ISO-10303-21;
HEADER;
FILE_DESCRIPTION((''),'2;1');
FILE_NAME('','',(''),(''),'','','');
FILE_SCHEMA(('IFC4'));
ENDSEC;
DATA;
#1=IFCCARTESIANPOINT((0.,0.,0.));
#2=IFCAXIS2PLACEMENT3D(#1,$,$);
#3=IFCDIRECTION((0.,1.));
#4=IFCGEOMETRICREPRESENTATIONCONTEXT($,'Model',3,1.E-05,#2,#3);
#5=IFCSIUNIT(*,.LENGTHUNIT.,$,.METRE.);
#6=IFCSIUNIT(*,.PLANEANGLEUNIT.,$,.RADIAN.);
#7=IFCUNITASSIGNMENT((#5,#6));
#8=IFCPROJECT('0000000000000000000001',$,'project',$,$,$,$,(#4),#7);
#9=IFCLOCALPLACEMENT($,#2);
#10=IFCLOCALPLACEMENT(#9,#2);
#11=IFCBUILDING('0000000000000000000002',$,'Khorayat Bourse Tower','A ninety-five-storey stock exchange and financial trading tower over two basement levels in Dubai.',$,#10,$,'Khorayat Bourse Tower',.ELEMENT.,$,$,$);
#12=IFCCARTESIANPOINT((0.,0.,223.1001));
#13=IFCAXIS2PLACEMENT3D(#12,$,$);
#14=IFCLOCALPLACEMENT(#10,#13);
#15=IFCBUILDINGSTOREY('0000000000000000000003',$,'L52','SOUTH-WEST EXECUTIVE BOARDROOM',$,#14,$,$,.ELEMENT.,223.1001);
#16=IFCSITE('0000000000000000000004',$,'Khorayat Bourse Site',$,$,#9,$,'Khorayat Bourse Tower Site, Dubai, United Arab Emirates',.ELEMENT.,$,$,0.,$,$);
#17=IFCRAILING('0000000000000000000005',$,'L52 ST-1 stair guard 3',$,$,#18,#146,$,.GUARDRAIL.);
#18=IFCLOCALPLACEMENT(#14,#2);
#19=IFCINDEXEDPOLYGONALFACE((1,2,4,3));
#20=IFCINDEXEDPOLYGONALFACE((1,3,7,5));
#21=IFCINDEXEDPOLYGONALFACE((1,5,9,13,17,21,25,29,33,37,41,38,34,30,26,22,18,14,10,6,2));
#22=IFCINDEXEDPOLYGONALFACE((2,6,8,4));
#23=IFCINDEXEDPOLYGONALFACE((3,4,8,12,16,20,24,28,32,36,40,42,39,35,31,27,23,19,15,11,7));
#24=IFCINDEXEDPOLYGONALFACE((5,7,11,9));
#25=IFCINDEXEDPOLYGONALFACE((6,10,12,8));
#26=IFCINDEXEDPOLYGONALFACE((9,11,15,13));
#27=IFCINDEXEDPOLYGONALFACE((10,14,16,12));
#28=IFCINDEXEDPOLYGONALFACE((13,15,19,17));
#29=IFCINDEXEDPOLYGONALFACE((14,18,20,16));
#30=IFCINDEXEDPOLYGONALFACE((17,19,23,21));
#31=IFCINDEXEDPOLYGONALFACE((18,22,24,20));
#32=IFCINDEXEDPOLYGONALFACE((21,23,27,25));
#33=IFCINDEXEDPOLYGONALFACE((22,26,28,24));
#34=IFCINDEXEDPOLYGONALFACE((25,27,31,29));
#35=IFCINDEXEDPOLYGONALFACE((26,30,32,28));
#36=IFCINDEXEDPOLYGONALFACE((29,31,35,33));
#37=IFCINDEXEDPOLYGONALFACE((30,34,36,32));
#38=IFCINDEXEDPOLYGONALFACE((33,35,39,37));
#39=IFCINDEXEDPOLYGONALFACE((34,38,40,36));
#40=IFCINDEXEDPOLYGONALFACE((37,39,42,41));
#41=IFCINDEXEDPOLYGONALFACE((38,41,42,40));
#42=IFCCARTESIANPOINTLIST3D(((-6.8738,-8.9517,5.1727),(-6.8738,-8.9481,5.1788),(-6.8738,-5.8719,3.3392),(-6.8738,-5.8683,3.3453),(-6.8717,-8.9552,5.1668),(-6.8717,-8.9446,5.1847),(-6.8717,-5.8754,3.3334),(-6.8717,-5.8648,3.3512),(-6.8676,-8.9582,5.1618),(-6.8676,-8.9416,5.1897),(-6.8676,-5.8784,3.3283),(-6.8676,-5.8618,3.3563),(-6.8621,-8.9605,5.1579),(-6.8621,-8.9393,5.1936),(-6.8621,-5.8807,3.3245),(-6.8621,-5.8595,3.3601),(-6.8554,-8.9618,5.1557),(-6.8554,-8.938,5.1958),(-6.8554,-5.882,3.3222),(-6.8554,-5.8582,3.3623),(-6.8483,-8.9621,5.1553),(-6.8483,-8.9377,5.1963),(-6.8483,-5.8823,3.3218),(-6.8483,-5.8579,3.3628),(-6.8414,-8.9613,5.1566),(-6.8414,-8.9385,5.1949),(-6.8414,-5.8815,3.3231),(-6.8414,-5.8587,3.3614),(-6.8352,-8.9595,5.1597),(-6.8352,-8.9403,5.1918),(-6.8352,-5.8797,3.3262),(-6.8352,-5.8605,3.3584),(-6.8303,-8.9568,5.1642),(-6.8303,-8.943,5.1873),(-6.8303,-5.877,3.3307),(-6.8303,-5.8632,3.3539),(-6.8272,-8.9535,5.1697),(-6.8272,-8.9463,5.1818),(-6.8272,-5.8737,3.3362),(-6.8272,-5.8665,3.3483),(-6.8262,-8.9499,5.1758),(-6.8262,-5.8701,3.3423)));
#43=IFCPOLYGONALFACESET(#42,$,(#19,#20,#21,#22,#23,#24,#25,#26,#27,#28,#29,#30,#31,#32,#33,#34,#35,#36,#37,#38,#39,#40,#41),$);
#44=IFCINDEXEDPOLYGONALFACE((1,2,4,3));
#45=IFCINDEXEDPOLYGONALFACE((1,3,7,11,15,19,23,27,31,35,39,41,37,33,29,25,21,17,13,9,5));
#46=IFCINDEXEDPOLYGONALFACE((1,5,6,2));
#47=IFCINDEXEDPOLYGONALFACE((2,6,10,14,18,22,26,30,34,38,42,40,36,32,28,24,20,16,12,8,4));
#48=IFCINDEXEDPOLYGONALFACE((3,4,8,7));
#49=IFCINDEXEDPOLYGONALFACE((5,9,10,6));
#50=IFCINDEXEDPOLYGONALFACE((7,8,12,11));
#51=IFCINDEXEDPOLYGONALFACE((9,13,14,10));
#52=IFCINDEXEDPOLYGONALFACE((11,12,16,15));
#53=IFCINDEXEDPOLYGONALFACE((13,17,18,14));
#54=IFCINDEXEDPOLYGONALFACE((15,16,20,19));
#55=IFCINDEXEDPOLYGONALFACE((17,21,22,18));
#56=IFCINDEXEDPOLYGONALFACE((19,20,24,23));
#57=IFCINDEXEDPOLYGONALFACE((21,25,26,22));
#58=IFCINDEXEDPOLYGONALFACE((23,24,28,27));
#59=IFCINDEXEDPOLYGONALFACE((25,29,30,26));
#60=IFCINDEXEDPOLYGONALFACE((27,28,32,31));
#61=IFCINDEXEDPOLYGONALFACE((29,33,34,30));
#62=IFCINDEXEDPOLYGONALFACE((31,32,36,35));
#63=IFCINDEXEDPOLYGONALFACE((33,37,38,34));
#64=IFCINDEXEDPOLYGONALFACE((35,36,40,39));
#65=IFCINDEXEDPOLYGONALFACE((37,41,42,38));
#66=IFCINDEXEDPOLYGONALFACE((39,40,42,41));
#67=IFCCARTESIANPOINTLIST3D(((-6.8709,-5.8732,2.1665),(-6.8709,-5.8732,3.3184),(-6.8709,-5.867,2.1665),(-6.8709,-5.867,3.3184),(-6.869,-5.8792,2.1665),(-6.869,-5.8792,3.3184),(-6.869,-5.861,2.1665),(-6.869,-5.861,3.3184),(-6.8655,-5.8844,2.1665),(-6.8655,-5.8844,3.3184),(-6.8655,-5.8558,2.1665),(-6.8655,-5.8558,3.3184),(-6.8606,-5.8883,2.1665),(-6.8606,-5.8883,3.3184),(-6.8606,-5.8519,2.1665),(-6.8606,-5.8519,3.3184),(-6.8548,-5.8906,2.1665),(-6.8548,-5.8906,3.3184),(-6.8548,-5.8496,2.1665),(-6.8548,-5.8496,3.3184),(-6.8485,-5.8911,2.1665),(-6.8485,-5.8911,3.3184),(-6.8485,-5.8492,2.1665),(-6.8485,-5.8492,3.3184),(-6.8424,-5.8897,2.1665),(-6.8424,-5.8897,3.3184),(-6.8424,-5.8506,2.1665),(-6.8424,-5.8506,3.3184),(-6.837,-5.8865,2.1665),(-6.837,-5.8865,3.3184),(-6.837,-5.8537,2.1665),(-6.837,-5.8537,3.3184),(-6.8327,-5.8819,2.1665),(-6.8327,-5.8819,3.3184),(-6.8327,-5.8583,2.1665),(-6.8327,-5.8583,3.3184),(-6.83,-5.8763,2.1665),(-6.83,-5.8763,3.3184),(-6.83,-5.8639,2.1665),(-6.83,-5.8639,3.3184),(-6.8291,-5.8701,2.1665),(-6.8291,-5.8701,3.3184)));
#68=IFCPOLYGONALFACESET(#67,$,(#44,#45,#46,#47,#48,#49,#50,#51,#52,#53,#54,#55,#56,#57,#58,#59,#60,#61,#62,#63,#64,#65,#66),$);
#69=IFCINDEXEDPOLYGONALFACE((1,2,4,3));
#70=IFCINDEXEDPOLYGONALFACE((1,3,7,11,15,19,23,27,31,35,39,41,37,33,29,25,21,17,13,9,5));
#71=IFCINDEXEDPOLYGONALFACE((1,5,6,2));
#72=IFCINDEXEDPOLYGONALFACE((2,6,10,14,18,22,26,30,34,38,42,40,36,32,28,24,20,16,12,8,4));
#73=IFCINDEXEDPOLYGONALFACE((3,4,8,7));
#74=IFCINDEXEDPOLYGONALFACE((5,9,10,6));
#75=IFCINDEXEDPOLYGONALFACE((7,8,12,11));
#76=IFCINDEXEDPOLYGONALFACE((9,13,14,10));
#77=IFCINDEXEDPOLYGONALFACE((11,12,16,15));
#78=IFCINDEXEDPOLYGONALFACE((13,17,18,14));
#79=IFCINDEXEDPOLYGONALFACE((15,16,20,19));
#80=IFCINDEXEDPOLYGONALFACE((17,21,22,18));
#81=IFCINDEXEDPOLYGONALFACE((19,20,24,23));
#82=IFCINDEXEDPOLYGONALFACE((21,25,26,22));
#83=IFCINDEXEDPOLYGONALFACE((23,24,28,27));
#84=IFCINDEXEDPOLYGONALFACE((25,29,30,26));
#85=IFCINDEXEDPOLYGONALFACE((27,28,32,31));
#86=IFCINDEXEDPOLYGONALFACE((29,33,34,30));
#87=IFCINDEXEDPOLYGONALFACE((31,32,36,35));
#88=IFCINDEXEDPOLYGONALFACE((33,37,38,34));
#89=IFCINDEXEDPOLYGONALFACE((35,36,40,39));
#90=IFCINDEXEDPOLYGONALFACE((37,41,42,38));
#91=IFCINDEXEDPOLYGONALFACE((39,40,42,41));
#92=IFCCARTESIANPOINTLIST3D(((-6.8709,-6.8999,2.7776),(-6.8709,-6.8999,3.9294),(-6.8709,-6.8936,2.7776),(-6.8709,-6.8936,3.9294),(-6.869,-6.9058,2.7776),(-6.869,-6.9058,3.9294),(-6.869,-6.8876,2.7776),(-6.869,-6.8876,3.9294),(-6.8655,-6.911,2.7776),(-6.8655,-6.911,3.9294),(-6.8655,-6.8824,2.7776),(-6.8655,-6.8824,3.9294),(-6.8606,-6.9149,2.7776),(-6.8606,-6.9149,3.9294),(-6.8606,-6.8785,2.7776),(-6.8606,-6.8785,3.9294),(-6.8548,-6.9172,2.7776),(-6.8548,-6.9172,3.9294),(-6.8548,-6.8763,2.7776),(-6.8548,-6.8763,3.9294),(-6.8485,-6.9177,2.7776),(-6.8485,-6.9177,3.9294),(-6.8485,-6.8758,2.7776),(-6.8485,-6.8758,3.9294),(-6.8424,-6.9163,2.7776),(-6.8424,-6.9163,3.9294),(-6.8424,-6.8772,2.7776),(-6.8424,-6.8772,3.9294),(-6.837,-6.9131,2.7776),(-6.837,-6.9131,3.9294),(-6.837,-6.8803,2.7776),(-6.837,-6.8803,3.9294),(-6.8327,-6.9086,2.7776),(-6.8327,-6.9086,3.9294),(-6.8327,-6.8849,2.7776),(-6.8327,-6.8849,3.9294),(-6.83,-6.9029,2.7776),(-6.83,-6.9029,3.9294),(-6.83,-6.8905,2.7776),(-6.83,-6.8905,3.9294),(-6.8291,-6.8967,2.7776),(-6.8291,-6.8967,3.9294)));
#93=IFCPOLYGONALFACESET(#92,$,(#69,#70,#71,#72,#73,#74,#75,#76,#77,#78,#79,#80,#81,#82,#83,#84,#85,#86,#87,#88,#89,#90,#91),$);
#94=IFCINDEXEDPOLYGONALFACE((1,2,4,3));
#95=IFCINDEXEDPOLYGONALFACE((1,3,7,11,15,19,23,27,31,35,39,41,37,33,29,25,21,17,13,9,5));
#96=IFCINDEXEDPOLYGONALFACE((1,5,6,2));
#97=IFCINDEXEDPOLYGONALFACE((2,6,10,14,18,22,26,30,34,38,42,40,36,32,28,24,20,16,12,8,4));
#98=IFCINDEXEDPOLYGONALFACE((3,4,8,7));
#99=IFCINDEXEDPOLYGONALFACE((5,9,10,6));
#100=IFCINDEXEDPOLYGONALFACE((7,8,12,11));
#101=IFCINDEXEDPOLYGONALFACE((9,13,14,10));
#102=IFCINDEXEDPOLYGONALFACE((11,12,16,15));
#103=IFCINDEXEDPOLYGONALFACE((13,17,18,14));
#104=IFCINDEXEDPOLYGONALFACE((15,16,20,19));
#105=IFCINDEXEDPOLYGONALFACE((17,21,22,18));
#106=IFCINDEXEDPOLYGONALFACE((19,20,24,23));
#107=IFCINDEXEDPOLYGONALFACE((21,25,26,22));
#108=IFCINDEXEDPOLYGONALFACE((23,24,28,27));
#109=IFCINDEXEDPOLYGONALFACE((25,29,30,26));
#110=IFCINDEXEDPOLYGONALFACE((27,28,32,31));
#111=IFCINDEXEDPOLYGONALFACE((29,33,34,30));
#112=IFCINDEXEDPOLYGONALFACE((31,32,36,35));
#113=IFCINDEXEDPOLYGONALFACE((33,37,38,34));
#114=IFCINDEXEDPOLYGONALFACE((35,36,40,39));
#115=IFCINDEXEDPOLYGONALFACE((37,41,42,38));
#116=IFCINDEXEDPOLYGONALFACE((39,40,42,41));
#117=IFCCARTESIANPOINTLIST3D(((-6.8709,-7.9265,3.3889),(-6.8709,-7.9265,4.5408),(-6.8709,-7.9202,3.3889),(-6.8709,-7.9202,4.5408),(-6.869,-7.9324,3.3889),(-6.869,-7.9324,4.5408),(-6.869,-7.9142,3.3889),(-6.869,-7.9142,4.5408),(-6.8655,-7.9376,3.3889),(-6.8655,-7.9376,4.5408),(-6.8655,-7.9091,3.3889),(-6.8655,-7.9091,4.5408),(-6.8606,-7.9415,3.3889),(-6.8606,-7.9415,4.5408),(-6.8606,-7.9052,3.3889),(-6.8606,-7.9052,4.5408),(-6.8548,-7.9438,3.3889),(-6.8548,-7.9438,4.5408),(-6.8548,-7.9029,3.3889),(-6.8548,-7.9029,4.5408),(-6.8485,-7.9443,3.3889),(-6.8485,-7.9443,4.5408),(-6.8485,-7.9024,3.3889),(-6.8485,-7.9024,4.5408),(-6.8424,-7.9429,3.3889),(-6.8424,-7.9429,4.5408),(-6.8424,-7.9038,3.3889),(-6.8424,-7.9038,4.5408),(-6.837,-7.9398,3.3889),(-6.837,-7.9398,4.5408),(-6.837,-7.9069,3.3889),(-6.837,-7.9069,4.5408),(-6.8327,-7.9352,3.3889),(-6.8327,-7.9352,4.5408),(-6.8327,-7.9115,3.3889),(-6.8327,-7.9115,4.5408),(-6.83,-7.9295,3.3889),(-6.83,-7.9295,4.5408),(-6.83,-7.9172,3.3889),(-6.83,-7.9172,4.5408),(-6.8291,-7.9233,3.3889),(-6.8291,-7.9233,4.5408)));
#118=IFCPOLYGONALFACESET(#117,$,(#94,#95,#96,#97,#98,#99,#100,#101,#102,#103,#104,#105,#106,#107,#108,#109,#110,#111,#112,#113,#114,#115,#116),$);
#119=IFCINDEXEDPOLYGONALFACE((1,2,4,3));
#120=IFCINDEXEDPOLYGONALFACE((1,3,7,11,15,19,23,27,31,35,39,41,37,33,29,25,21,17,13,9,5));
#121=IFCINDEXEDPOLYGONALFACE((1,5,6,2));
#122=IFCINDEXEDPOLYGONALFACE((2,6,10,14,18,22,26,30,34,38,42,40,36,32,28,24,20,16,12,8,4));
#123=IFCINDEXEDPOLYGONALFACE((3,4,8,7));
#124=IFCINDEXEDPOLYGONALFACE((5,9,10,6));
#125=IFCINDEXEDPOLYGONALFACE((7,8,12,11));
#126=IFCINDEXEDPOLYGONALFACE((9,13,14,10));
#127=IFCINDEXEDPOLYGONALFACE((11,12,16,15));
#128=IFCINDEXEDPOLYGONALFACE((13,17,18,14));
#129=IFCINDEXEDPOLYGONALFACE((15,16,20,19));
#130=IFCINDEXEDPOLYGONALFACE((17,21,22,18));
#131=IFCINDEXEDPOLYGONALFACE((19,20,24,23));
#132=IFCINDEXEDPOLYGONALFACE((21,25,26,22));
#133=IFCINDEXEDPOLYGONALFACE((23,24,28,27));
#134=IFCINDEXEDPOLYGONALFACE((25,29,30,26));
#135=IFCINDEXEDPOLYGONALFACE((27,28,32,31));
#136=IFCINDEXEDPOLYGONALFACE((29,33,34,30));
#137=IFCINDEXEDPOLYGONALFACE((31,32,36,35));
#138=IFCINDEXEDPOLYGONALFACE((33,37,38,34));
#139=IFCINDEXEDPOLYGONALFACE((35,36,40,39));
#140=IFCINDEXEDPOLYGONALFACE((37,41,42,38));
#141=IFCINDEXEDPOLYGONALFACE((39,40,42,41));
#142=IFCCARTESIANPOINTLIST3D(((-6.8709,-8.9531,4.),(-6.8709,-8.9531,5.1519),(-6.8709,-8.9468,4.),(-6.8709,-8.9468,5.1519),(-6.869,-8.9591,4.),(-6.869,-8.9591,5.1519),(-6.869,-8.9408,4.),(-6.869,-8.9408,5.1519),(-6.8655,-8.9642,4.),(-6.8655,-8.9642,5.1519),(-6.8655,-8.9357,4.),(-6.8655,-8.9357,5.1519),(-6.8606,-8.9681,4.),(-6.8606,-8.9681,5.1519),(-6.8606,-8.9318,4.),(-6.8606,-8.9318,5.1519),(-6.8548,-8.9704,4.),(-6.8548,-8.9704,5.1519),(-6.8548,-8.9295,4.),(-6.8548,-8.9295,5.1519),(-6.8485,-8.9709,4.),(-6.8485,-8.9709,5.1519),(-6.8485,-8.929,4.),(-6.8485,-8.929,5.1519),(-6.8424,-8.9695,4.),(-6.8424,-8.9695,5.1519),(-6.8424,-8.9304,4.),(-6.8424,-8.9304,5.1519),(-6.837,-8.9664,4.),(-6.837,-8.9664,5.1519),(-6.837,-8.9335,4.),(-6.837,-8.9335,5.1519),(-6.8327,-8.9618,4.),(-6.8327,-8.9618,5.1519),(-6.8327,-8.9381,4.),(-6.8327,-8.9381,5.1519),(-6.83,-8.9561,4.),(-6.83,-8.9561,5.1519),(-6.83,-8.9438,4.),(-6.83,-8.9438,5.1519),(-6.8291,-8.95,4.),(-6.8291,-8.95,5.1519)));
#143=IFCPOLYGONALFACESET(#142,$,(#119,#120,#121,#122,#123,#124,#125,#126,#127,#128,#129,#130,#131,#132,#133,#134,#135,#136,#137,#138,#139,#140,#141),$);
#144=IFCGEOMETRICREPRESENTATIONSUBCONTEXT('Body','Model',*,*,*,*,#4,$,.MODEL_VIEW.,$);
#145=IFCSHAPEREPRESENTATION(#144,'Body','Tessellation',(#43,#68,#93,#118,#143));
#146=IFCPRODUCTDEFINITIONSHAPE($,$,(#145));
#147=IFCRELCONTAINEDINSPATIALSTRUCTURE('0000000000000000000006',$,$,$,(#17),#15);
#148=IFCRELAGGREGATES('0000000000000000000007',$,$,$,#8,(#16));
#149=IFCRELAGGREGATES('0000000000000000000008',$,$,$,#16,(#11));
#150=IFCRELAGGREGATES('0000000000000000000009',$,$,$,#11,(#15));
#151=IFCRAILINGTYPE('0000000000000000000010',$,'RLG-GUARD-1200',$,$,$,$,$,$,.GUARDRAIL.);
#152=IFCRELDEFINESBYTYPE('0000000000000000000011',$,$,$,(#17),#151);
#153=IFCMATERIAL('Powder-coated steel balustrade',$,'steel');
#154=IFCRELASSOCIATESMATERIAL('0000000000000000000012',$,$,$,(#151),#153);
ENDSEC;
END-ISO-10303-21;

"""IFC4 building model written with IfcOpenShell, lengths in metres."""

from ifc_helpers import new_model, si_unit, direction, frame, origin, origin_2d, place, context, subcontext, project, spatial, circle, extrude, source, transform, mapped, material, type_object, element, save


model = new_model("IFC4")

# Units and contexts
model_context = context("Model", 3, precision=1e-05, world=origin(), true_north=direction((0.0, 1.0)))
body_context = subcontext(model_context, "Body", "Model", "MODEL_VIEW")
ifc_project = project(units=[si_unit("LENGTHUNIT", "METRE"), si_unit("PLANEANGLEUNIT", "RADIAN")], contexts=[model_context])

# Site, building, storey
site_placement = place(None, origin())
site = spatial("IfcSite", under=ifc_project, at=site_placement, Name="Khorayat Bourse Site", LongName="Khorayat Bourse Tower Site, Dubai, United Arab Emirates", CompositionType="ELEMENT", RefElevation=0.0)
building_placement = place(site_placement, origin())
building = spatial("IfcBuilding", under=site, at=building_placement, Name="Khorayat Bourse Tower", Description="A ninety-five-storey stock exchange and financial trading tower over two basement levels in Dubai.", LongName="Khorayat Bourse Tower", CompositionType="ELEMENT")
storey_placement = place(building_placement, frame((0.0, 0.0, 223.1001)))
storey = spatial("IfcBuildingStorey", under=building, at=storey_placement, Name="L52", Description="SOUTH-WEST EXECUTIVE BOARDROOM", CompositionType="ELEMENT", Elevation=223.1001)

# Railing
ifc_material_1 = material(Name="Powder-coated steel balustrade", Category="steel")
railing_type_1 = type_object("IfcRailingType", Name="RLG-GUARD-1200", PredefinedType="GUARDRAIL", material=ifc_material_1)
shared_shape_1 = source(origin(), body_context, "Body", "SweptSolid", [
    extrude(circle(Radius=0.0239, at=origin_2d()), frame((0.0, 0.0, 1.1758), z_axis=(0.0, -0.859261, 0.511538), x_axis=(1.0, 0.0, 0.0)), (0.0, 0.0, 1.0), 3.5842),
    extrude(circle(Radius=0.021, at=origin_2d()), origin(), (0.0, 0.0, 1.0), 1.1519),
    extrude(circle(Radius=0.021, at=origin_2d()), frame((0.0, -1.0266, 0.6111)), (0.0, 0.0, 1.0), 1.1519),
    extrude(circle(Radius=0.021, at=origin_2d()), frame((0.0, -2.0532, 1.2224)), (0.0, 0.0, 1.0), 1.1519),
    extrude(circle(Radius=0.021, at=origin_2d()), frame((0.0, -3.0798, 1.8335)), (0.0, 0.0, 1.0), 1.1519),
])
railing_1_placement = place(storey_placement, frame((-6.8501, -5.8701, 2.1665)))
element("IfcRailing", 1, at=railing_1_placement, inside=storey, type_object=railing_type_1, Name="L52 ST-1 stair guard 3", PredefinedType="GUARDRAIL", context=body_context, shape_type="MappedRepresentation", body=[
    mapped(shared_shape_1, transform((0.0, 0.0, 0.0), scale=1.0)),
])

save(model, "model.ifc")
